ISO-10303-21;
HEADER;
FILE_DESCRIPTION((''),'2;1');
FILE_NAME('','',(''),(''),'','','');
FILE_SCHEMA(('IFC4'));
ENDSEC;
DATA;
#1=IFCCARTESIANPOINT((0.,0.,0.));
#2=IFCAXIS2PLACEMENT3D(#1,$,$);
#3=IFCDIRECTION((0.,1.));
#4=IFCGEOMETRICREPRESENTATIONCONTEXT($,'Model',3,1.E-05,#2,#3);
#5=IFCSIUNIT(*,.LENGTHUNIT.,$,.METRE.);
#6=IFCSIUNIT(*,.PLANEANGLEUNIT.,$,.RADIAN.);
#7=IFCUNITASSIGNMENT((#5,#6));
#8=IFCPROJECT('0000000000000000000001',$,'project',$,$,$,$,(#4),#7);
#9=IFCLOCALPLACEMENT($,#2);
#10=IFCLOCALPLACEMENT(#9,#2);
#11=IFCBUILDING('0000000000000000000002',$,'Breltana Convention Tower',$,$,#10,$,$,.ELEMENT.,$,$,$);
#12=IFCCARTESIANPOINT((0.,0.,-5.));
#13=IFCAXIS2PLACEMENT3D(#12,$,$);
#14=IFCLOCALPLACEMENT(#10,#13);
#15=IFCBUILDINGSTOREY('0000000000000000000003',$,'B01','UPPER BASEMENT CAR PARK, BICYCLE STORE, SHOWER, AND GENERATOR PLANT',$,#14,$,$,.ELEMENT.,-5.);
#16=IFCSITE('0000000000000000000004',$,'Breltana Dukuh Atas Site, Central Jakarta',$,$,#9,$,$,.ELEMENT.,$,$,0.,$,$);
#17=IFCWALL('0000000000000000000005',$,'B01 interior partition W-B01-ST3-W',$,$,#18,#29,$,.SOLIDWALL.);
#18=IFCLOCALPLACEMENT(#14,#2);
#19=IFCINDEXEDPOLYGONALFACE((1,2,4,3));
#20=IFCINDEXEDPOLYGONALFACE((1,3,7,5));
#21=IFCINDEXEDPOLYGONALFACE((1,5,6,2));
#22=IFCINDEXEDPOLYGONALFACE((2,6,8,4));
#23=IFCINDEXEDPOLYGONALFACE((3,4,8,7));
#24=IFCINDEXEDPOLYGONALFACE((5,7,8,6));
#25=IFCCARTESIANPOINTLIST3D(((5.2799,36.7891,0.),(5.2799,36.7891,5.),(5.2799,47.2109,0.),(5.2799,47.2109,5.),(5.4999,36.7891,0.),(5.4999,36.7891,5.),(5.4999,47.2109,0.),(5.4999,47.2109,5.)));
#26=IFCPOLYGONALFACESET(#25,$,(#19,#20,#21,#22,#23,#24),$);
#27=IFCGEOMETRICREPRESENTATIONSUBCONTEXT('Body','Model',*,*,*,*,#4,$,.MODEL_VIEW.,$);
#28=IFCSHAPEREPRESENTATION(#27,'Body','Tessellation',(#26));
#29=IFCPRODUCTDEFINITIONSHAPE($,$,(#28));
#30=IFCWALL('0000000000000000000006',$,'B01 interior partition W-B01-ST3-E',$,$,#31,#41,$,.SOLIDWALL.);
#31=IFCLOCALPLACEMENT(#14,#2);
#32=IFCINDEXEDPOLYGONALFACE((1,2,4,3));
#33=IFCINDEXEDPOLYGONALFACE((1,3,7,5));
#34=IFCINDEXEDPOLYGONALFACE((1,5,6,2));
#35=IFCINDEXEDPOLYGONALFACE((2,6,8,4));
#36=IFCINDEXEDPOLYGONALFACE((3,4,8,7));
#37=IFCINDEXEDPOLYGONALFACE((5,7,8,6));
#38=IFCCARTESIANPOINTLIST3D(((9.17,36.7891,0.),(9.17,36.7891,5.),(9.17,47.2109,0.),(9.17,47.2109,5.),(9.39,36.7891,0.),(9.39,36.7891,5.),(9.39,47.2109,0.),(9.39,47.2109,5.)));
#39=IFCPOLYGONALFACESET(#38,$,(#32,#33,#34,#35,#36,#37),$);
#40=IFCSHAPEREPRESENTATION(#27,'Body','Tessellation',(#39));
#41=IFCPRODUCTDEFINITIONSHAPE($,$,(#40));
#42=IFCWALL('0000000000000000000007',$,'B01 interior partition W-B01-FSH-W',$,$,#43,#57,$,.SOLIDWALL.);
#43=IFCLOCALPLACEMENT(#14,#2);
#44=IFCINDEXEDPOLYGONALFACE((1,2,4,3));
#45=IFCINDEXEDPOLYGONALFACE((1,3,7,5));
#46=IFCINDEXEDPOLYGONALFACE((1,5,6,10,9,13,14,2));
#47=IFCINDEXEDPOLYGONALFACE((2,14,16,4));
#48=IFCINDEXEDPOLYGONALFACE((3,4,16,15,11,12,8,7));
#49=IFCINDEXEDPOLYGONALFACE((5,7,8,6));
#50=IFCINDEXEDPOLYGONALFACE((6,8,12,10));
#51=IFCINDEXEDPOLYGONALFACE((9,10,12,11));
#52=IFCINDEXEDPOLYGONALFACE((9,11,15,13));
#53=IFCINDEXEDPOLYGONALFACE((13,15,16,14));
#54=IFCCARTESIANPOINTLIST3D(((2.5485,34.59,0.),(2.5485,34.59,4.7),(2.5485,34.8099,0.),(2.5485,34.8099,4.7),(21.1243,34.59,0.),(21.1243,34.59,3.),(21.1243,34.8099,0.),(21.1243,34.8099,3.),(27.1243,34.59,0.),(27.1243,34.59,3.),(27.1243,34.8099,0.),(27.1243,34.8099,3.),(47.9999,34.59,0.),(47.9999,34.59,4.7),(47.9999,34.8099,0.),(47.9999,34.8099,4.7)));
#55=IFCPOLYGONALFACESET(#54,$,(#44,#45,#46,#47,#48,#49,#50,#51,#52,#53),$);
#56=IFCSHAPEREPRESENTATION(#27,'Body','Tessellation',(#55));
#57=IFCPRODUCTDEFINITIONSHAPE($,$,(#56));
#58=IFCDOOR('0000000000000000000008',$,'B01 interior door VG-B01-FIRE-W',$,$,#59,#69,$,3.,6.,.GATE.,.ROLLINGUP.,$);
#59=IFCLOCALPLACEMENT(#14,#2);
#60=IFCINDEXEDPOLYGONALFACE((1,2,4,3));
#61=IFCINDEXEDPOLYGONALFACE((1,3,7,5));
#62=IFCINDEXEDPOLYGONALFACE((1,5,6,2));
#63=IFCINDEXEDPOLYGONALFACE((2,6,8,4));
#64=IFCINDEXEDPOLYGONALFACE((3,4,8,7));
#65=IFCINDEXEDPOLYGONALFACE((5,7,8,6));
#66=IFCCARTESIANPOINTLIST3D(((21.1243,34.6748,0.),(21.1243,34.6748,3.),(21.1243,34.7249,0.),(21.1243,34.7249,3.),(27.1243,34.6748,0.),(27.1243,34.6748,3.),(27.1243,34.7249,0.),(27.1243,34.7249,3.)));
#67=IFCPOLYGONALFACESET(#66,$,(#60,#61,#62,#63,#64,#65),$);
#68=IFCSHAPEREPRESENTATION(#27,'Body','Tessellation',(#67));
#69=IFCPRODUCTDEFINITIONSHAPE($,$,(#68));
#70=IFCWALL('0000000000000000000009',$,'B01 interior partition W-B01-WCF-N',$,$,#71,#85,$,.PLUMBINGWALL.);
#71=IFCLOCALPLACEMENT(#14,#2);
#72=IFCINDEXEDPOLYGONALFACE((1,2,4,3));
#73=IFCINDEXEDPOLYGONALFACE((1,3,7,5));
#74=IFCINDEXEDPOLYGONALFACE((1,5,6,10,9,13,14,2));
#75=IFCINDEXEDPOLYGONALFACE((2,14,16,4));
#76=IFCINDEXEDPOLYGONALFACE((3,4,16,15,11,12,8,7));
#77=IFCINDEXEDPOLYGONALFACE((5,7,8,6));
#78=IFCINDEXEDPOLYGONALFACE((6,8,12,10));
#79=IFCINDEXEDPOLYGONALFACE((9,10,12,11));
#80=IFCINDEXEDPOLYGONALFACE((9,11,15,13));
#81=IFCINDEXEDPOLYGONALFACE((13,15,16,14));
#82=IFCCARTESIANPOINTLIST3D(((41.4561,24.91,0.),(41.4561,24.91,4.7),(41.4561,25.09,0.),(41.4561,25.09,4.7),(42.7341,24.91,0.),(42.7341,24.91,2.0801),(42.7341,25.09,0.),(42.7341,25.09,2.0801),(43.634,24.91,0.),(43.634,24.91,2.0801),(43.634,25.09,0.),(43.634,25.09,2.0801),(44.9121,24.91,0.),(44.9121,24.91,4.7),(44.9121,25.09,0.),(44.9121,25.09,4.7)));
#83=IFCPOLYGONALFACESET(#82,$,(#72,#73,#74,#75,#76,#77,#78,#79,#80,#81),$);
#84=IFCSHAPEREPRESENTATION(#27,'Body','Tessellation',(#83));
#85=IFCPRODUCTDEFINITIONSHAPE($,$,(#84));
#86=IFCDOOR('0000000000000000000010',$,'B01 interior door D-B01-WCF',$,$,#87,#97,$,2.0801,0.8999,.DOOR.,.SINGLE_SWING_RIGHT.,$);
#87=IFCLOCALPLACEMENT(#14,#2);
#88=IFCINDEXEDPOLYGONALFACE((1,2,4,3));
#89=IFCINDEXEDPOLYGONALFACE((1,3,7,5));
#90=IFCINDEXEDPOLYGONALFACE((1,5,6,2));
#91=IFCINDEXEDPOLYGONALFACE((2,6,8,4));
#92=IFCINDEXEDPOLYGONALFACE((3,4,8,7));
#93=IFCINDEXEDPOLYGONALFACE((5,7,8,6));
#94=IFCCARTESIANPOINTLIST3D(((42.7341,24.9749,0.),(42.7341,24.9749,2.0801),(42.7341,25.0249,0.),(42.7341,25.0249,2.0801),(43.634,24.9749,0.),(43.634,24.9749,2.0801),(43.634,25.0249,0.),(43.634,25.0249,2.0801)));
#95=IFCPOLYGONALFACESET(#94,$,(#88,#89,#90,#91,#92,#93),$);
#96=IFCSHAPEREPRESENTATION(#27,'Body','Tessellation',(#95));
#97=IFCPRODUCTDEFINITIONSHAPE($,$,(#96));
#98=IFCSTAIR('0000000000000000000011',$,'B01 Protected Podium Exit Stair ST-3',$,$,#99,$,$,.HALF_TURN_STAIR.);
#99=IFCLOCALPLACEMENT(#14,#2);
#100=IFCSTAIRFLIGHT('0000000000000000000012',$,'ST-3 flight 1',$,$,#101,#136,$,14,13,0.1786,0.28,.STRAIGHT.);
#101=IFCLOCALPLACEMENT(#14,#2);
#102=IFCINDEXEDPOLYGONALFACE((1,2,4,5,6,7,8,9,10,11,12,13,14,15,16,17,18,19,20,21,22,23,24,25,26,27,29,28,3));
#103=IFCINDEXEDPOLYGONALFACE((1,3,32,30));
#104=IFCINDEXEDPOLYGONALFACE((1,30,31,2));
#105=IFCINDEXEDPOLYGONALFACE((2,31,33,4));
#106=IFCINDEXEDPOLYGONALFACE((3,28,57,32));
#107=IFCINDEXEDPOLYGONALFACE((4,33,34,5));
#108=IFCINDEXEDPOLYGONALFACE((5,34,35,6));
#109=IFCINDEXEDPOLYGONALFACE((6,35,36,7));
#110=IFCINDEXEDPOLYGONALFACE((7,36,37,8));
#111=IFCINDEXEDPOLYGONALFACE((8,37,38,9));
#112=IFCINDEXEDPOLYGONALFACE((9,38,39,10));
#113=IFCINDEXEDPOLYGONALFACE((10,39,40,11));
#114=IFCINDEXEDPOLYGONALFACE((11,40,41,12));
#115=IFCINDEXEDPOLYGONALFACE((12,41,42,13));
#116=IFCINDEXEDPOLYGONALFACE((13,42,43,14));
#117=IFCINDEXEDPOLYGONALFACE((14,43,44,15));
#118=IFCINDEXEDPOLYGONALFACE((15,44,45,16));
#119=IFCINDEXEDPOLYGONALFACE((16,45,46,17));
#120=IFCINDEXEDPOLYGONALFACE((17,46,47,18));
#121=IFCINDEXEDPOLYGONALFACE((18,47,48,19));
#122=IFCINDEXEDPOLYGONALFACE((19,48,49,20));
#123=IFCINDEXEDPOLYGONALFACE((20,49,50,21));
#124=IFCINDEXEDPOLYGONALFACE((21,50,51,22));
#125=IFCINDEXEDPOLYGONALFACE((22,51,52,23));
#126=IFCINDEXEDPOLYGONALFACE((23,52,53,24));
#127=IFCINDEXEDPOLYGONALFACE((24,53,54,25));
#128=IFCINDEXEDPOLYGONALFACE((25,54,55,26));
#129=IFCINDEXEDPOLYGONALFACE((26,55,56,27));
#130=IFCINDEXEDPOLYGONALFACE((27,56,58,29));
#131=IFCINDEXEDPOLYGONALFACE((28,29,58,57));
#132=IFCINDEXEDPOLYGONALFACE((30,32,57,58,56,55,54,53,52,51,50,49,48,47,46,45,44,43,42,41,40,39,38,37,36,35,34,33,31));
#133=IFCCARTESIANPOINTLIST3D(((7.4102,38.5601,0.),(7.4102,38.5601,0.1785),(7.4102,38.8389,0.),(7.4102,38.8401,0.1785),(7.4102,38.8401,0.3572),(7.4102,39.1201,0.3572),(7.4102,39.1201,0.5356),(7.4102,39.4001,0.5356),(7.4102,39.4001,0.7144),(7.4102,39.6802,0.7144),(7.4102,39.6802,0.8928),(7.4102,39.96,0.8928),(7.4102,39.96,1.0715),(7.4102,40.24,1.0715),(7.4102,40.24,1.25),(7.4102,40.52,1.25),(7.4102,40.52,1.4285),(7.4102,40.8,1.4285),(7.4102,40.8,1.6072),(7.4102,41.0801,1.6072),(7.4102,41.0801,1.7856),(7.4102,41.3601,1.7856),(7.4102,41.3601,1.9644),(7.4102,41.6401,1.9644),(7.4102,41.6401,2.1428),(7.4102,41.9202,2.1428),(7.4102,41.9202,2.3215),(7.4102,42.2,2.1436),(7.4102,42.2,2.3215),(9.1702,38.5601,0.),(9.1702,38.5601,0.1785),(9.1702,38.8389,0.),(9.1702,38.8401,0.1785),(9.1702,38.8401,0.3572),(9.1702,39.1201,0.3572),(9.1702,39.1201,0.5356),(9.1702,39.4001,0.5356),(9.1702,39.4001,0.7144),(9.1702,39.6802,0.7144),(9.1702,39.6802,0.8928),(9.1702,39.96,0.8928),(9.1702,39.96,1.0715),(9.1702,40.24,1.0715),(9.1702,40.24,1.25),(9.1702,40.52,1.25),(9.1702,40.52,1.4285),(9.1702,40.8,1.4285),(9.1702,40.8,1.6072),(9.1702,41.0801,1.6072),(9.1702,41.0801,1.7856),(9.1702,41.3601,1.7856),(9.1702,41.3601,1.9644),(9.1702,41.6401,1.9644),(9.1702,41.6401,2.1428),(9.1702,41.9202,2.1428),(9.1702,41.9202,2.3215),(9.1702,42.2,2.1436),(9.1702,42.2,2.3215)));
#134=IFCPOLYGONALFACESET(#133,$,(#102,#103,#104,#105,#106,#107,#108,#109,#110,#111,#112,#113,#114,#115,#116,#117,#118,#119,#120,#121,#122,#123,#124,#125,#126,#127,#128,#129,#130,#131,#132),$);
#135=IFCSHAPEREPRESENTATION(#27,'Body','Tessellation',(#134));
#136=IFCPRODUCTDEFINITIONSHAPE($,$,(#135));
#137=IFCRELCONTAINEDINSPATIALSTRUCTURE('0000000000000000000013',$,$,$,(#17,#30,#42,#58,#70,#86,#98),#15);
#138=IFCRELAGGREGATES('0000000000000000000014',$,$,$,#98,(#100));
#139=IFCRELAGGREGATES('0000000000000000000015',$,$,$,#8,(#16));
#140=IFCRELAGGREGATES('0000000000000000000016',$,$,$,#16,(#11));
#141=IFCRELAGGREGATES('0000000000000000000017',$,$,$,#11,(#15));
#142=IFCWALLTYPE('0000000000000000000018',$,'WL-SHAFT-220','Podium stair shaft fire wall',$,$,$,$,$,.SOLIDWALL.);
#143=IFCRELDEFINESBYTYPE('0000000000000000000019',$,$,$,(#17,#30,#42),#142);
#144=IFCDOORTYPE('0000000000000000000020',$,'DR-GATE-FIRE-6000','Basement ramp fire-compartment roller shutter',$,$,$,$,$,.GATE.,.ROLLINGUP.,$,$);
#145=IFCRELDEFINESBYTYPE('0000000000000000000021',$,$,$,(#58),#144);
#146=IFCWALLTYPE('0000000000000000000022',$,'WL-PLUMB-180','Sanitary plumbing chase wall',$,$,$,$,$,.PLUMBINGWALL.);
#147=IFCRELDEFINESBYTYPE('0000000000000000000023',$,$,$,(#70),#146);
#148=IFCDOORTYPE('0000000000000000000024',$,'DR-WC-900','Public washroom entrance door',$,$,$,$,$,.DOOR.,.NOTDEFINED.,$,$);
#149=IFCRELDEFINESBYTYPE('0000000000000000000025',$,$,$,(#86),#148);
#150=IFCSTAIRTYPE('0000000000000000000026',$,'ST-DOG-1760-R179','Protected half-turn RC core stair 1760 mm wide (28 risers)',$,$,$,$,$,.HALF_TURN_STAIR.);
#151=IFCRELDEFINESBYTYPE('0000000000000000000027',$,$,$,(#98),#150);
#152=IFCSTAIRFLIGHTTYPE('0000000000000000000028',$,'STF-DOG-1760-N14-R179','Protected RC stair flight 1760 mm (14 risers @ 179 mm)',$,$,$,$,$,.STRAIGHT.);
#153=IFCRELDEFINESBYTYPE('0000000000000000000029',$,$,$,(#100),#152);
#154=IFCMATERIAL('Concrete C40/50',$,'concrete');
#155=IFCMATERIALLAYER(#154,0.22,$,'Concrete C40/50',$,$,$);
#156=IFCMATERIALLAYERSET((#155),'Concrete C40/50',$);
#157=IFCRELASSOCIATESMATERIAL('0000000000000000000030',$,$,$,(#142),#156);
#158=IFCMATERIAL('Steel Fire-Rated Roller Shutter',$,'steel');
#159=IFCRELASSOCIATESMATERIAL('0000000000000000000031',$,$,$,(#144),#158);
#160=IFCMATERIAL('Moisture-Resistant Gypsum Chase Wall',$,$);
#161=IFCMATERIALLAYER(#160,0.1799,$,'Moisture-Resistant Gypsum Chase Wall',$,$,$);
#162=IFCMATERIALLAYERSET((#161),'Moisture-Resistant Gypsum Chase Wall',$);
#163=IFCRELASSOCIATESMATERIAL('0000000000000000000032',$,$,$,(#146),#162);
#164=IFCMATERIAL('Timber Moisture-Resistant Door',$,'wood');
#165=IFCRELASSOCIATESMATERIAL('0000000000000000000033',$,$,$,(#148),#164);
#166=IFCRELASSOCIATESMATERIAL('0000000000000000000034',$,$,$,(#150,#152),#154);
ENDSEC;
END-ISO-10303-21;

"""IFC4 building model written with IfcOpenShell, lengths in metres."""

from ifc_helpers import new_model, si_unit, direction, frame, frame_2d, origin, place, context, subcontext, project, spatial, polyline, rectangle, outline, extrude, source, transform, mapped, material, layer, layer_set, type_object, type_shapes, element, fill, aggregate, save


model = new_model("IFC4")

# Units and contexts
model_context = context("Model", 3, precision=1e-05, world=origin(), true_north=direction((0.0, 1.0)))
body_context = subcontext(model_context, "Body", "Model", "MODEL_VIEW")
ifc_project = project(units=[si_unit("LENGTHUNIT", "METRE"), si_unit("PLANEANGLEUNIT", "RADIAN")], contexts=[model_context])

# Site, building, storey
site_placement = place(None, origin())
site = spatial("IfcSite", under=ifc_project, at=site_placement, Name="Breltana Dukuh Atas Site, Central Jakarta", CompositionType="ELEMENT", RefElevation=0.0)
building_placement = place(site_placement, origin())
building = spatial("IfcBuilding", under=site, at=building_placement, Name="Breltana Convention Tower", CompositionType="ELEMENT")
storey_placement = place(building_placement, frame((0.0, 0.0, -5.0)))
storey = spatial("IfcBuildingStorey", under=building, at=storey_placement, Name="B01", Description="UPPER BASEMENT CAR PARK, BICYCLE STORE, SHOWER, AND GENERATOR PLANT", CompositionType="ELEMENT", Elevation=-5.0)

# Shared definitions
ifc_material_1 = material(Name="Concrete C40/50", Category="concrete")

# Shared definitions
ifc_layer_1 = layer(ifc_material_1, 0.22, Name="Concrete C40/50")
ifc_layer_set_1 = layer_set([ifc_layer_1], Name="Concrete C40/50")
wall_type_1 = type_object("IfcWallType", Name="WL-SHAFT-220", Description="Podium stair shaft fire wall", PredefinedType="SOLIDWALL", material=ifc_layer_set_1)

# Walls
shared_shape_1 = source(origin(), body_context, "Body", "SweptSolid", [
    extrude(rectangle(XDim=10.4219, YDim=0.22, at=frame_2d((5.2109, 0.0))), origin(), (0.0, 0.0, 1.0), 5.0),
])
for number, where, z_axis, x_axis, name in (
    (1, (5.3899, 36.7891, 0.0), (0.0, 0.0, 1.0), (0.0, 1.0, 0.0), "B01 interior partition W-B01-ST3-W"),
    (2, (9.28, 36.7891, 0.0), (0.0, 0.0, 1.0), (0.0, 1.0, 0.0), "B01 interior partition W-B01-ST3-E"),
):
    element("IfcWall", number, at=place(storey_placement, frame(where, z_axis=z_axis, x_axis=x_axis)), inside=storey, type_object=wall_type_1, Name=name, PredefinedType="SOLIDWALL", context=body_context, shape_type="MappedRepresentation", body=[
        mapped(shared_shape_1, transform((0.0, 0.0, 0.0), scale=1.0)),
    ])

# Walls, openings, doors
shared_shape_2 = source(origin(), body_context, "Body", "SweptSolid", [
    extrude(rectangle(XDim=45.4514, YDim=0.22, at=frame_2d((22.7256, 0.0))), origin(), (0.0, 0.0, 1.0), 4.7),
])
wall_1_placement = place(storey_placement, frame((2.5486, 34.7, 0.0), z_axis=(0.0, 0.0, 1.0), x_axis=(1.0, 0.0, 0.0)))
wall_1 = element("IfcWall", 3, at=wall_1_placement, inside=storey, type_object=wall_type_1, Name="B01 interior partition W-B01-FSH-W", PredefinedType="SOLIDWALL", context=body_context, shape_type="MappedRepresentation", body=[
    mapped(shared_shape_2, transform((0.0, 0.0, 0.0), scale=1.0)),
])
opening_1_placement = place(wall_1_placement, frame((18.5757, 0.0, 0.0)))
opening_1 = element("IfcOpeningElement", 4, at=opening_1_placement, cuts=wall_1, PredefinedType="OPENING", context=body_context, shape_type="SweptSolid", body=[
    extrude(rectangle(XDim=6.0, YDim=3.0, at=frame_2d((3.0, 1.5))), frame((0.0, 0.1201, 0.0), z_axis=(0.0, -1.0, 0.0), x_axis=(1.0, 0.0, 0.0)), (0.0, 0.0, 1.0), 0.24),
])
ifc_material_2 = material(Name="Steel Fire-Rated Roller Shutter", Category="steel")
door_type_1 = type_object("IfcDoorType", Name="DR-GATE-FIRE-6000", Description="Basement ramp fire-compartment roller shutter", OperationType="ROLLINGUP", PredefinedType="GATE", material=ifc_material_2)
shared_shape_3 = source(origin(), body_context, "Body", "SweptSolid", [
    extrude(rectangle(XDim=6.0, YDim=3.0, at=frame_2d((3.0, 1.5))), frame((0.0, 0.0249, 0.0), z_axis=(0.0, -1.0, 0.0), x_axis=(1.0, 0.0, 0.0)), (0.0, 0.0, 1.0), 0.05),
])
type_shapes(door_type_1, [shared_shape_3])
door_1_placement = place(opening_1_placement, origin())
door_1 = element("IfcDoor", 5, at=door_1_placement, inside=storey, type_object=door_type_1, Name="B01 interior door VG-B01-FIRE-W", OperationType="ROLLINGUP", OverallHeight=3.0, OverallWidth=6.0, PredefinedType="GATE", context=body_context, shape_type="MappedRepresentation", body=[
    mapped(shared_shape_3, transform((0.0, 0.0, 0.0), scale=1.0)),
])
fill(opening_1, door_1)
ifc_material_3 = material(Name="Moisture-Resistant Gypsum Chase Wall")
ifc_layer_2 = layer(ifc_material_3, 0.1799, Name="Moisture-Resistant Gypsum Chase Wall")
ifc_layer_set_2 = layer_set([ifc_layer_2], Name="Moisture-Resistant Gypsum Chase Wall")
wall_type_2 = type_object("IfcWallType", Name="WL-PLUMB-180", Description="Sanitary plumbing chase wall", PredefinedType="PLUMBINGWALL", material=ifc_layer_set_2)
shared_shape_4 = source(origin(), body_context, "Body", "SweptSolid", [
    extrude(rectangle(XDim=3.4561, YDim=0.1799, at=frame_2d((1.728, 0.0))), origin(), (0.0, 0.0, 1.0), 4.7),
])
wall_2_placement = place(storey_placement, frame((41.4561, 25.0, 0.0), z_axis=(0.0, 0.0, 1.0), x_axis=(1.0, 0.0, 0.0)))
wall_2 = element("IfcWall", 6, at=wall_2_placement, inside=storey, type_object=wall_type_2, Name="B01 interior partition W-B01-WCF-N", PredefinedType="PLUMBINGWALL", context=body_context, shape_type="MappedRepresentation", body=[
    mapped(shared_shape_4, transform((0.0, 0.0, 0.0), scale=1.0)),
])
opening_2_placement = place(wall_2_placement, frame((1.2781, 0.0, 0.0)))
opening_2 = element("IfcOpeningElement", 7, at=opening_2_placement, cuts=wall_2, PredefinedType="OPENING", context=body_context, shape_type="SweptSolid", body=[
    extrude(rectangle(XDim=0.8999, YDim=2.0801, at=frame_2d((0.45, 1.04))), frame((0.0, 0.1001, 0.0), z_axis=(0.0, -1.0, 0.0), x_axis=(1.0, 0.0, 0.0)), (0.0, 0.0, 1.0), 0.2),
])
ifc_material_4 = material(Name="Timber Moisture-Resistant Door", Category="wood")
door_type_2 = type_object("IfcDoorType", Name="DR-WC-900", Description="Public washroom entrance door", OperationType="NOTDEFINED", PredefinedType="DOOR", material=ifc_material_4)
shared_shape_5 = source(origin(), body_context, "Body", "SweptSolid", [
    extrude(rectangle(XDim=0.8999, YDim=2.0801, at=frame_2d((0.45, 1.04))), frame((0.0, 0.0249, 0.0), z_axis=(0.0, -1.0, 0.0), x_axis=(1.0, 0.0, 0.0)), (0.0, 0.0, 1.0), 0.05),
])
type_shapes(door_type_2, [shared_shape_5])
door_2_placement = place(opening_2_placement, origin())
door_2 = element("IfcDoor", 8, at=door_2_placement, inside=storey, type_object=door_type_2, Name="B01 interior door D-B01-WCF", OperationType="SINGLE_SWING_RIGHT", OverallHeight=2.0801, OverallWidth=0.8999, PredefinedType="DOOR", context=body_context, shape_type="MappedRepresentation", body=[
    mapped(shared_shape_5, transform((0.0, 0.0, 0.0), scale=1.0)),
])
fill(opening_2, door_2)

# Stair, stair flight
stair_type = type_object("IfcStairType", Name="ST-DOG-1760-R179", Description="Protected half-turn RC core stair 1760 mm wide (28 risers)", PredefinedType="HALF_TURN_STAIR", material=ifc_material_1)
stair_placement = place(storey_placement, origin())
stair = element("IfcStair", 9, at=stair_placement, inside=storey, type_object=stair_type, Name="B01 Protected Podium Exit Stair ST-3", PredefinedType="HALF_TURN_STAIR")
stair_flight_type = type_object("IfcStairFlightType", Name="STF-DOG-1760-N14-R179", Description="Protected RC stair flight 1760 mm (14 risers @ 179 mm)", PredefinedType="STRAIGHT", material=ifc_material_1)
stair_flight_1_placement = place(storey_placement, frame((8.29, 38.5601, 0.0), z_axis=(0.0, 0.0, 1.0), x_axis=(0.0, 1.0, 0.0)))
stair_flight_1 = element("IfcStairFlight", 10, at=stair_flight_1_placement, type_object=stair_flight_type, Name="ST-3 flight 1", NumberOfRisers=14, NumberOfTreads=13, PredefinedType="STRAIGHT", RiserHeight=0.1786, TreadLength=0.28, context=body_context, shape_type="SweptSolid", body=[
    extrude(outline(polyline([(0.0, 0.0), (0.0, 0.1785), (0.28, 0.1785), (0.28, 0.3572), (0.5601, 0.3572), (0.5601, 0.5356), (0.8401, 0.5356), (0.8401, 0.7144), (1.1201, 0.7144), (1.1201, 0.8928), (1.3999, 0.8928), (1.3999, 1.0715), (1.6799, 1.0715), (1.6799, 1.25), (1.96, 1.25), (1.96, 1.4285), (2.24, 1.4285), (2.24, 1.6072), (2.52, 1.6072), (2.52, 1.7856), (2.8, 1.7856), (2.8, 1.9644), (3.0801, 1.9644), (3.0801, 2.1428), (3.3601, 2.1428), (3.3601, 2.3215), (3.6399, 2.3215), (3.6399, 2.5), (3.6399, 2.1436), (0.2788, 0.0), (0.0, 0.0)])), frame((0.0, 0.8799, 0.0), z_axis=(0.0, -1.0, 0.0), x_axis=(1.0, 0.0, 0.0)), (0.0, 0.0, 1.0), 1.76),
])
aggregate(stair, [stair_flight_1])

save(model, "model.ifc")
